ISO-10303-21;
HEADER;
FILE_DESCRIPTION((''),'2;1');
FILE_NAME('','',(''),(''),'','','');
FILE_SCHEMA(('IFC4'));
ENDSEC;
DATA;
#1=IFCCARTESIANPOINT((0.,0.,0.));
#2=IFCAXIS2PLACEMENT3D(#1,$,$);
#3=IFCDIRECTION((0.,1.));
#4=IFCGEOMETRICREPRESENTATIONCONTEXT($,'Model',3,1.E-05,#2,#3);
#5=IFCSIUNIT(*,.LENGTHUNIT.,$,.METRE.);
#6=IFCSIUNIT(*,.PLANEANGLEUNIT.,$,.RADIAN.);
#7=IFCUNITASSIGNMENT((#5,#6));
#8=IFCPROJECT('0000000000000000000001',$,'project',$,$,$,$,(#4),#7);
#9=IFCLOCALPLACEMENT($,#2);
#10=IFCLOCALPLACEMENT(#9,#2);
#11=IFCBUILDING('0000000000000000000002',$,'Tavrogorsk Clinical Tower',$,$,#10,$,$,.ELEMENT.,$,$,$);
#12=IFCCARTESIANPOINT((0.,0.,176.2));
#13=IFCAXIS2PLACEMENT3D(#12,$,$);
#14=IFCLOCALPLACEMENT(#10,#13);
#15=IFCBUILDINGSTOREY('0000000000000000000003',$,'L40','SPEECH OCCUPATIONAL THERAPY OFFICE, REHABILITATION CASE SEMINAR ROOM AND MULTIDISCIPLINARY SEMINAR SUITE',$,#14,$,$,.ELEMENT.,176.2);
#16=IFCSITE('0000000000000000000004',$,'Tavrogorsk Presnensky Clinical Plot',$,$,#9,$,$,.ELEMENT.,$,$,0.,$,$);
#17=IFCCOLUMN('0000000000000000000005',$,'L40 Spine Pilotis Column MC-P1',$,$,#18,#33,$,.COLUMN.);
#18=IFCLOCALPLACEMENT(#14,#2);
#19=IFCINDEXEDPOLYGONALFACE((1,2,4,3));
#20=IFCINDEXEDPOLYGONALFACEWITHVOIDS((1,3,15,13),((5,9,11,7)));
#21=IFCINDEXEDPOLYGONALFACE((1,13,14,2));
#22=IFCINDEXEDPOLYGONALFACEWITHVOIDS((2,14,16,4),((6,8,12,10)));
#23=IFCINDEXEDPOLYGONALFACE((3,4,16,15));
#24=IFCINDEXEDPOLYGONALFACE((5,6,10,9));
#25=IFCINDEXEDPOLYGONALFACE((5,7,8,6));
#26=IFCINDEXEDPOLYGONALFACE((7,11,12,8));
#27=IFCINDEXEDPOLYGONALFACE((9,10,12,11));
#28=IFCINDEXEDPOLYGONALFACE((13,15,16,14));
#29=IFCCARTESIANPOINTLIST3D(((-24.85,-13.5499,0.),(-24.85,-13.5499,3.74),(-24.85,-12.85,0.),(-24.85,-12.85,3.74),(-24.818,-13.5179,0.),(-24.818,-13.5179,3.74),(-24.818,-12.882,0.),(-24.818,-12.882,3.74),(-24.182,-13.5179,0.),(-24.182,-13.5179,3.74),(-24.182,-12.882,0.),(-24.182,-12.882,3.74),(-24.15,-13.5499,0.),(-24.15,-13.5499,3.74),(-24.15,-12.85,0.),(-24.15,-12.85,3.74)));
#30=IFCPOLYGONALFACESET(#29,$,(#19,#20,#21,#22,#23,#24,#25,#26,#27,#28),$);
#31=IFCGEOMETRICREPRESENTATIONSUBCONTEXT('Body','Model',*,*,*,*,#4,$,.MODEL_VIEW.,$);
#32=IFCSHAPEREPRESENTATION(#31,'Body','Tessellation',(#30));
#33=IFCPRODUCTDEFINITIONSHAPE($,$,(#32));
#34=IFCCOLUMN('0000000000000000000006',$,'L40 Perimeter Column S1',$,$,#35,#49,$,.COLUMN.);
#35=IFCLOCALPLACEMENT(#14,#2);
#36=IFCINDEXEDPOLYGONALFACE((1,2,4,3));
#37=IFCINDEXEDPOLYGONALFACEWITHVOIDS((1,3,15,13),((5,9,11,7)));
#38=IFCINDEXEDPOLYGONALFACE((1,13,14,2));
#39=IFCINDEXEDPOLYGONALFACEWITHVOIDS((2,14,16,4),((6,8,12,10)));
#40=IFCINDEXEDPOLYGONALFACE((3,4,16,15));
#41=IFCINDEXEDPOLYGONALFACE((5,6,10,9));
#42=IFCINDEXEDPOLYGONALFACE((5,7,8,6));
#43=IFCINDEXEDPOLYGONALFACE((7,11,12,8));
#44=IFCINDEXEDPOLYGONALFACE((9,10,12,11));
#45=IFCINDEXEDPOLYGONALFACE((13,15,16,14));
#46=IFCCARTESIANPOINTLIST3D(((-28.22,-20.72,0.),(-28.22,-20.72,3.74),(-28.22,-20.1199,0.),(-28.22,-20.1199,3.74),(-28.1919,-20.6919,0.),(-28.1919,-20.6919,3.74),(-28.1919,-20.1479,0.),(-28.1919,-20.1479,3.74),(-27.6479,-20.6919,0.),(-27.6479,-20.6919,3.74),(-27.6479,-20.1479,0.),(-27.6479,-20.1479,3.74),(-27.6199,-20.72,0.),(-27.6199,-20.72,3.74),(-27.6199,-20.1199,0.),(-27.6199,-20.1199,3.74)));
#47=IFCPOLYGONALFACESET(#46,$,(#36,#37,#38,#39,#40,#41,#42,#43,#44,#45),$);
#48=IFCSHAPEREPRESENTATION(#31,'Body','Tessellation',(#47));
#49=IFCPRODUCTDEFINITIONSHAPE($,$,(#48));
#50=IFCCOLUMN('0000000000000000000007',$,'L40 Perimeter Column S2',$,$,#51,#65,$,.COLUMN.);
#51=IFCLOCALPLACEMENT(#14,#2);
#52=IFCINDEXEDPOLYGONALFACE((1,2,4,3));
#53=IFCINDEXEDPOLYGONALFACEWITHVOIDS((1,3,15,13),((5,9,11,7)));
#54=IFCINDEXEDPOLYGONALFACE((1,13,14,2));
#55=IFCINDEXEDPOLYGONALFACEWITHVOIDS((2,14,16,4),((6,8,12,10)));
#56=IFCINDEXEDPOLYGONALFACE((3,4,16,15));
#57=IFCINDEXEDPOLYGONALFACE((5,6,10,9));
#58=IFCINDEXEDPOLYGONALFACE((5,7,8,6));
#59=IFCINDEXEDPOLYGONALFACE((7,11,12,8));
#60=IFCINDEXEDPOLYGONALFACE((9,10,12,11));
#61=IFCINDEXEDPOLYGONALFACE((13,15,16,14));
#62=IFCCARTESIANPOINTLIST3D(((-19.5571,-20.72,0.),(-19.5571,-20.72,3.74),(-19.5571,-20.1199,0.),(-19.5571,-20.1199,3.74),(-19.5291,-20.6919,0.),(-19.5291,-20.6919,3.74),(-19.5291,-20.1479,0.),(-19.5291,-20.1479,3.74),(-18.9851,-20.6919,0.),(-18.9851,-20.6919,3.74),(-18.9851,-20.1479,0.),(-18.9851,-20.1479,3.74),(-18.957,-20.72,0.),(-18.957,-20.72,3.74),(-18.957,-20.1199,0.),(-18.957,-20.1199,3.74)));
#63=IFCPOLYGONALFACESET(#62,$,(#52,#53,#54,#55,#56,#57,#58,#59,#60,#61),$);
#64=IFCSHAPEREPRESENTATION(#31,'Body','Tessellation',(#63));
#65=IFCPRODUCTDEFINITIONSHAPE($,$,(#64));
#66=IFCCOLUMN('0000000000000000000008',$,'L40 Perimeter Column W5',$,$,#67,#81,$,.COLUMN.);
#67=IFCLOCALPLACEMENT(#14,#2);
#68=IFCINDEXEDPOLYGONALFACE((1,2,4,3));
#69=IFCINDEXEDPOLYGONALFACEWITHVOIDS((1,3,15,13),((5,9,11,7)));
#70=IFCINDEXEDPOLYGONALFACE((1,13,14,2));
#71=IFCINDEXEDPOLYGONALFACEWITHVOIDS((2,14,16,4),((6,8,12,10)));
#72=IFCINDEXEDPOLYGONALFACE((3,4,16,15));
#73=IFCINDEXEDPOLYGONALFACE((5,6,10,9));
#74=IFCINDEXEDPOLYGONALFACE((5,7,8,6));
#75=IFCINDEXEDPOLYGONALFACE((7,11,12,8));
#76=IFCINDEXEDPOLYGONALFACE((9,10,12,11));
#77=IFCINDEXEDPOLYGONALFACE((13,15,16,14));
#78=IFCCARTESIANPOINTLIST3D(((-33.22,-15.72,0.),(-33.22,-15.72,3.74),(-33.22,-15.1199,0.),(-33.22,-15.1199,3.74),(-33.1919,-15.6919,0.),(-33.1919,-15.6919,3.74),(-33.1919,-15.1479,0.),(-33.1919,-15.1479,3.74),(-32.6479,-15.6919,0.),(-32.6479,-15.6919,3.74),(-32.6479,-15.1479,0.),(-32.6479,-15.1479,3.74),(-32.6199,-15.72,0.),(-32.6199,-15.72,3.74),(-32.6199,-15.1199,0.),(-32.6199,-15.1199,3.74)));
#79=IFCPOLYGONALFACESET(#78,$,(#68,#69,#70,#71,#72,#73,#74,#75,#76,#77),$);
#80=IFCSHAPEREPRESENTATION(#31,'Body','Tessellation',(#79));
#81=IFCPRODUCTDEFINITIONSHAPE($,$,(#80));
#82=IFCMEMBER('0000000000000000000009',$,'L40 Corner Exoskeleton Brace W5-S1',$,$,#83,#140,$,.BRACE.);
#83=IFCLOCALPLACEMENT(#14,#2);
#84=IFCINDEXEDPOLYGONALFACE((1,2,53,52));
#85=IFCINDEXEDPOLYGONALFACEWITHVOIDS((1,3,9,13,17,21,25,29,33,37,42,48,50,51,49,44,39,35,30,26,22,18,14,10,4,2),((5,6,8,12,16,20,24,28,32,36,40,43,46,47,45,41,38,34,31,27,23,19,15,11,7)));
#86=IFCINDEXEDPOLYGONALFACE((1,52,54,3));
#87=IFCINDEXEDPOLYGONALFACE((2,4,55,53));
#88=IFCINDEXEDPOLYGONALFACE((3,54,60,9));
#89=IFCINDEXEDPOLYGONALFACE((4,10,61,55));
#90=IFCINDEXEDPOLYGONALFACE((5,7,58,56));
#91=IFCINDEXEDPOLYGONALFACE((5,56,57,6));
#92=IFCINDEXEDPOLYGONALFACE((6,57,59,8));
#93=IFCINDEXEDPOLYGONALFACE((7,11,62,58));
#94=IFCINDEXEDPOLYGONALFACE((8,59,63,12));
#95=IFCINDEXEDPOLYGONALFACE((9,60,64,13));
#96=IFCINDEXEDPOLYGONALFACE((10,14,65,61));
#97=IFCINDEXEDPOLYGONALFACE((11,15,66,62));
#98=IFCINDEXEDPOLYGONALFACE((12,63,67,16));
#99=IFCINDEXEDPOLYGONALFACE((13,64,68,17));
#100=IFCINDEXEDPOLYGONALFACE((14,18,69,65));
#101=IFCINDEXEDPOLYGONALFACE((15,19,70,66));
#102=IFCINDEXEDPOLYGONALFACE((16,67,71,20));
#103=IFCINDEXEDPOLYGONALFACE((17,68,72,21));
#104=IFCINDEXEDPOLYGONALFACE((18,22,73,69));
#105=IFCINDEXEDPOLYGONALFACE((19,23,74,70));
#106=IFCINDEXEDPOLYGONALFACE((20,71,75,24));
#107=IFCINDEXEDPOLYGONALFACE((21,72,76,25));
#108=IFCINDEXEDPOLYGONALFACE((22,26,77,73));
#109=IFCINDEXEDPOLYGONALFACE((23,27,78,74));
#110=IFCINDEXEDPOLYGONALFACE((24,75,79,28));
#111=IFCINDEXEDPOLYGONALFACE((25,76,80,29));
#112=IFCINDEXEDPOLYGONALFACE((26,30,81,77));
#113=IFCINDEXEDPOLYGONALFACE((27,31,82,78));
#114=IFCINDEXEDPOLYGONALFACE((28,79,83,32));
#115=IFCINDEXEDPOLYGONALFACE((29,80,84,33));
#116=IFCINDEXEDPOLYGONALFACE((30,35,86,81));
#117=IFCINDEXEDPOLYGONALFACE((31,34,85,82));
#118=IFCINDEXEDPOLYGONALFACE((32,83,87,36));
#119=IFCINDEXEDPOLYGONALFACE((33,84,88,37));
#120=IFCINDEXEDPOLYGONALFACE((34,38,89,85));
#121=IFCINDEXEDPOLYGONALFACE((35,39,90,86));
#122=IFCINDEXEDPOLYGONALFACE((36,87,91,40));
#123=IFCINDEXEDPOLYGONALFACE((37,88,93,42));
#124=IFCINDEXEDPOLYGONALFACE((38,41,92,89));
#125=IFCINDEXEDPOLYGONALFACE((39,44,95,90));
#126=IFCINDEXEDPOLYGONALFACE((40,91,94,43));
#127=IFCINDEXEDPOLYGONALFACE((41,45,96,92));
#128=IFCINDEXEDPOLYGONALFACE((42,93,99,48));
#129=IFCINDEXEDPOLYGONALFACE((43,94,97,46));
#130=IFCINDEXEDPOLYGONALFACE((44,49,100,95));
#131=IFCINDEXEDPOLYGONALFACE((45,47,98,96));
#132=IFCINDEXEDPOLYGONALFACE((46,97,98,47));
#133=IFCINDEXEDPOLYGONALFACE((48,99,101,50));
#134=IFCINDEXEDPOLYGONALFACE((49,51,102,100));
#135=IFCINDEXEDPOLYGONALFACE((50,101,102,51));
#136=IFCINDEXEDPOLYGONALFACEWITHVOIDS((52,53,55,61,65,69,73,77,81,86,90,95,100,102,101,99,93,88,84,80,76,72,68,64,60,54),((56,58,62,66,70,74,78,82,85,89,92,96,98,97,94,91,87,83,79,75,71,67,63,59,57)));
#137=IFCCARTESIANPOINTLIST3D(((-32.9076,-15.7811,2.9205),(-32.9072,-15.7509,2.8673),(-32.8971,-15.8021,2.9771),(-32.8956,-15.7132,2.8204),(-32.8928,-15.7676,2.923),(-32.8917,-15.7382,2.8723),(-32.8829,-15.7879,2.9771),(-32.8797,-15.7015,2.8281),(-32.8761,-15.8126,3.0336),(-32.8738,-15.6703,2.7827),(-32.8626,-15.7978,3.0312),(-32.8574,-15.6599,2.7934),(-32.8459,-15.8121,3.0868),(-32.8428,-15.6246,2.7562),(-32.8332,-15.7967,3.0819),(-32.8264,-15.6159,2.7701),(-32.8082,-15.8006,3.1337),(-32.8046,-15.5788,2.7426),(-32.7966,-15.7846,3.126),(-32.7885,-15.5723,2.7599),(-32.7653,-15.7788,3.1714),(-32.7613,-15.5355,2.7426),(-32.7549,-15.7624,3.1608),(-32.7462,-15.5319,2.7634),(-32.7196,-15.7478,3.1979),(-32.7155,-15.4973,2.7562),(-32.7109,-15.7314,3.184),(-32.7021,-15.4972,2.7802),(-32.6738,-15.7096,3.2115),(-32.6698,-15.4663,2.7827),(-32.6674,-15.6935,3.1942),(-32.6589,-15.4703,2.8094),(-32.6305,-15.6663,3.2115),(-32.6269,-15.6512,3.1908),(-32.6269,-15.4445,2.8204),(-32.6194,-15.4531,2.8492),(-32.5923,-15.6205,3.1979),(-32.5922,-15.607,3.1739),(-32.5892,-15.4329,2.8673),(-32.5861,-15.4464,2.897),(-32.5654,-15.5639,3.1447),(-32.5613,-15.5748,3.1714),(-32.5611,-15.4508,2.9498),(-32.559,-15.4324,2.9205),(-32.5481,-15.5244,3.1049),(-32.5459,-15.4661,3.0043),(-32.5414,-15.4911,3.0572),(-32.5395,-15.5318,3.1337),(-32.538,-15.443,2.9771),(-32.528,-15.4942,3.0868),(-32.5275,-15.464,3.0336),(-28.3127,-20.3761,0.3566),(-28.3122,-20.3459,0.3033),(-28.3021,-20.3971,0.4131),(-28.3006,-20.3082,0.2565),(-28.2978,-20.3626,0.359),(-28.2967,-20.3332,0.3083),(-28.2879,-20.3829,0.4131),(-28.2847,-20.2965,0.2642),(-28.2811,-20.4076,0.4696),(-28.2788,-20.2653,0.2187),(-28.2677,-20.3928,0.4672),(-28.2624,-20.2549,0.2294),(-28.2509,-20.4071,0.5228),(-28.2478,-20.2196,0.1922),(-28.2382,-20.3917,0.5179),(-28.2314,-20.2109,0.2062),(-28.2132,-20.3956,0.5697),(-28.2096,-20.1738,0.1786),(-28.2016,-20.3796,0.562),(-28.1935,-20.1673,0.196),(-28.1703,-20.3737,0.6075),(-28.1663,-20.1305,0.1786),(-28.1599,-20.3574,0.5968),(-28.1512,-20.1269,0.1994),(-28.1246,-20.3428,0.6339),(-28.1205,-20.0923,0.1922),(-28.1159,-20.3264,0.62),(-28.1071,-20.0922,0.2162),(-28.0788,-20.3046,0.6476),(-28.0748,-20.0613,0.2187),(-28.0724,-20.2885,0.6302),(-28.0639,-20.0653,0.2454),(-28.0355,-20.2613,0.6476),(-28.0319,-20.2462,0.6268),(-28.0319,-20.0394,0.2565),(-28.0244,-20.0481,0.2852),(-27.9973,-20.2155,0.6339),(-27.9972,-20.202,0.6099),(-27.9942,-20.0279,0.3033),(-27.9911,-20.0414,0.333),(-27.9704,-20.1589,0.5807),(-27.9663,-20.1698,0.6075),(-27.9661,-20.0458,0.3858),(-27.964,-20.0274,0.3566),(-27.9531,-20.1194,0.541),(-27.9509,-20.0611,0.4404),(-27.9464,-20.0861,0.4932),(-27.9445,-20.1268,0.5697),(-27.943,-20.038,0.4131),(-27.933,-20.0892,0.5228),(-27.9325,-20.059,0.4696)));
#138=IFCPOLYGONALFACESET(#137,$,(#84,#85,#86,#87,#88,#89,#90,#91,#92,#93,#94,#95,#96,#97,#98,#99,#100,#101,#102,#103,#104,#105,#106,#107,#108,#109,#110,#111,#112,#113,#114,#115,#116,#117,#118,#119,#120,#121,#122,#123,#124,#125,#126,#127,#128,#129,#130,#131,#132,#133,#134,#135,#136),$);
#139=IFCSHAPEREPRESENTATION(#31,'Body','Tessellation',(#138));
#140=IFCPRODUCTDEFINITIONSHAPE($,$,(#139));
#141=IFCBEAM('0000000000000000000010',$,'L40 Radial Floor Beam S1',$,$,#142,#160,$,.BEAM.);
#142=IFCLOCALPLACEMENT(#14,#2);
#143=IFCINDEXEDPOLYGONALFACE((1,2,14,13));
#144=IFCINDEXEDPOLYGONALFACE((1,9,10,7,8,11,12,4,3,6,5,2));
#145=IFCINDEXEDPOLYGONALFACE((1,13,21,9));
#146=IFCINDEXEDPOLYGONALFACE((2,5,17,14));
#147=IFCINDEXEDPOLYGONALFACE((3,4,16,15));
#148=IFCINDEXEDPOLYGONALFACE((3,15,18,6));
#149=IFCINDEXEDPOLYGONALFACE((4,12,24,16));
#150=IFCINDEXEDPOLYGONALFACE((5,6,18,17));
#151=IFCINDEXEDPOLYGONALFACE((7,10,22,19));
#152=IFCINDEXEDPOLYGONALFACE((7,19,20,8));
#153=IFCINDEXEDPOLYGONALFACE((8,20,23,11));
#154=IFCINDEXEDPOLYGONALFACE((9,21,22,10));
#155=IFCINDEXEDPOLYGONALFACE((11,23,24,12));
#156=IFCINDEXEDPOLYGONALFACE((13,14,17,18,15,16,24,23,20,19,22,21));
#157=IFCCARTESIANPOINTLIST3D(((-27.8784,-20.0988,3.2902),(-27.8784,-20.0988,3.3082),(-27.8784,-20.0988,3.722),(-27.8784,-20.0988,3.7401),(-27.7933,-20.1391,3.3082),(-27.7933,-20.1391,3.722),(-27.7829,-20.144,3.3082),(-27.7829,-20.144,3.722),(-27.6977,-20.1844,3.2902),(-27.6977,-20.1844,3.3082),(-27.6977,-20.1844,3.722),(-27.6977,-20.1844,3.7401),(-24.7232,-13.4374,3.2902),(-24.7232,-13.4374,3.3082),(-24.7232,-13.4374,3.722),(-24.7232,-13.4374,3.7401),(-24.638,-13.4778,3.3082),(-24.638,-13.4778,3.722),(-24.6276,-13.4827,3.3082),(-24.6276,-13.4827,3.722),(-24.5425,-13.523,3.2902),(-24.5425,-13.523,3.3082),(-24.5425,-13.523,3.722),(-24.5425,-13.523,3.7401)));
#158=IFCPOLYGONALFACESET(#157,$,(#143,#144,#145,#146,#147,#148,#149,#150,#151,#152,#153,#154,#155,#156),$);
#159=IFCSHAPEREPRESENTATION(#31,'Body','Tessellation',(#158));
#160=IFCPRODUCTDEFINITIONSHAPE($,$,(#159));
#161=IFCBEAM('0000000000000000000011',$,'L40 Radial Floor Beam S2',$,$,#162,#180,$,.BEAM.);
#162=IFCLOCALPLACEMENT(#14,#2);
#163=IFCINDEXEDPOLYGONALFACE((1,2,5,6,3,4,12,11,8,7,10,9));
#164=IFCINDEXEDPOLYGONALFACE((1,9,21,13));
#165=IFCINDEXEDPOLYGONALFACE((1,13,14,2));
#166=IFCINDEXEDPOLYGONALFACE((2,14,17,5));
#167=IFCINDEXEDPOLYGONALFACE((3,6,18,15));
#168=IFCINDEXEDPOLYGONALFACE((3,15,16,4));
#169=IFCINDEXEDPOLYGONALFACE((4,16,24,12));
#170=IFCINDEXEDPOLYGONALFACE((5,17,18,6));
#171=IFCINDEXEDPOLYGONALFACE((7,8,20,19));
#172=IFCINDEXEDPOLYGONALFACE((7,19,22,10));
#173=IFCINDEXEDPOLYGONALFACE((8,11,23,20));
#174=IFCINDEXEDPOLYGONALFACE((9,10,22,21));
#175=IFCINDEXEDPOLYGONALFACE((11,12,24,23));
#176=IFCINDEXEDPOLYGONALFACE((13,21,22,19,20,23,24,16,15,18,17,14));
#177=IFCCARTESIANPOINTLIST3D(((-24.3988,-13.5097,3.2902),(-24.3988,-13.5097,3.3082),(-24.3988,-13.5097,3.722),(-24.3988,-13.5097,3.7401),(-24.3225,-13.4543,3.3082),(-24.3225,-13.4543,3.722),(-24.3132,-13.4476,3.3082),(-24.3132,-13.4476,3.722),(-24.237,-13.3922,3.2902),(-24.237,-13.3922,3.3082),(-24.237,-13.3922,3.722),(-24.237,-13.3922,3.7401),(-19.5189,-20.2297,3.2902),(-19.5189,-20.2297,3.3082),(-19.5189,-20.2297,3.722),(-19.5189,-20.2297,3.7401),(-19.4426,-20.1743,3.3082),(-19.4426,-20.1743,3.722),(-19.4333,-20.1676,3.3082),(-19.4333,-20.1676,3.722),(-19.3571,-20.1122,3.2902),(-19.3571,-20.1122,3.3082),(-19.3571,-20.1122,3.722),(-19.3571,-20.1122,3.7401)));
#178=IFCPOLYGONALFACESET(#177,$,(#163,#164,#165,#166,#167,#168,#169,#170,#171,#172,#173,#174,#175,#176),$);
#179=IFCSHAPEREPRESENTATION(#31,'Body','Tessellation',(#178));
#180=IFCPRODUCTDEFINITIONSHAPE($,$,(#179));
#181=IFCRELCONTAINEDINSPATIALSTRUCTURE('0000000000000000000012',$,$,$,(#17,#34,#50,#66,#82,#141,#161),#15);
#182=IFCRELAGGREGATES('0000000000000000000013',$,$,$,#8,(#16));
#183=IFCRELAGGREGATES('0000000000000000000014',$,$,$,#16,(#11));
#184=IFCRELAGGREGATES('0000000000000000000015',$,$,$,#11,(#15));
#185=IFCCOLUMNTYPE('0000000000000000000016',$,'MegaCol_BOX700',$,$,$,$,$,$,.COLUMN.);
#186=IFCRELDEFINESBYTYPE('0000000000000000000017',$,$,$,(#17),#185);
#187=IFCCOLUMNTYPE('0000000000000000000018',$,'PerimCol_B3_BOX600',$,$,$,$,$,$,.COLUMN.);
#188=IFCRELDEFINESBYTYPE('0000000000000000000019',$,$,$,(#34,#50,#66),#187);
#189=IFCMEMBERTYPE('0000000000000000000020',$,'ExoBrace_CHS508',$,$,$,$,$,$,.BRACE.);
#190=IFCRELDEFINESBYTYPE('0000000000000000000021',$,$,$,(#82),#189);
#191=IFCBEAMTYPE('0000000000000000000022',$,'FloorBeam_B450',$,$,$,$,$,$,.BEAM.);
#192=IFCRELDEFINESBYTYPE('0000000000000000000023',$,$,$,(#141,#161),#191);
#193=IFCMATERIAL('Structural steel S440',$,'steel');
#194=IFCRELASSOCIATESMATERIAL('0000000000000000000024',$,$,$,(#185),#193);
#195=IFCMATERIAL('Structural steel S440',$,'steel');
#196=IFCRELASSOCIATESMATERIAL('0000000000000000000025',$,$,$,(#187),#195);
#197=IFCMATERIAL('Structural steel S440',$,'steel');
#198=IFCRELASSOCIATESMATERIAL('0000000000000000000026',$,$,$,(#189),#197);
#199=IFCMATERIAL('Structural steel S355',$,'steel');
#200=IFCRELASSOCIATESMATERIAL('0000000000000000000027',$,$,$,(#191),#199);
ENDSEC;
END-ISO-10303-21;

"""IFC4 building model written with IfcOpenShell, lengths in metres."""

from ifc_helpers import new_model, si_unit, direction, frame, origin, origin_2d, place, context, subcontext, project, spatial, hollow_rectangle, hollow_circle, i_section, extrude, material, material_profile, profile_set, type_object, element, save


model = new_model("IFC4")

# Units and contexts
model_context = context("Model", 3, precision=1e-05, world=origin(), true_north=direction((0.0, 1.0)))
body_context = subcontext(model_context, "Body", "Model", "MODEL_VIEW")
ifc_project = project(units=[si_unit("LENGTHUNIT", "METRE"), si_unit("PLANEANGLEUNIT", "RADIAN")], contexts=[model_context])

# Site, building, storey
site_placement = place(None, origin())
site = spatial("IfcSite", under=ifc_project, at=site_placement, Name="Tavrogorsk Presnensky Clinical Plot", CompositionType="ELEMENT", RefElevation=0.0)
building_placement = place(site_placement, origin())
building = spatial("IfcBuilding", under=site, at=building_placement, Name="Tavrogorsk Clinical Tower", CompositionType="ELEMENT")
storey_placement = place(building_placement, frame((0.0, 0.0, 176.2)))
storey = spatial("IfcBuildingStorey", under=building, at=storey_placement, Name="L40", Description="SPEECH OCCUPATIONAL THERAPY OFFICE, REHABILITATION CASE SEMINAR ROOM AND MULTIDISCIPLINARY SEMINAR SUITE", CompositionType="ELEMENT", Elevation=176.2)

# Columns
ifc_material_1 = material(Name="Structural steel S440", Category="steel")
ifc_material_profile_1 = material_profile(ifc_material_1, hollow_rectangle(XDim=0.7, YDim=0.7, WallThickness=0.032, at=origin_2d()), Name="BOX-700x700x32")
ifc_profile_set_1 = profile_set([ifc_material_profile_1], Name="Structural steel S440")
column_type_1 = type_object("IfcColumnType", Name="MegaCol_BOX700", PredefinedType="COLUMN", material=ifc_profile_set_1)
column_placement = place(storey_placement, frame((-24.5, -13.2, 0.0), z_axis=(0.0, 0.0, 1.0), x_axis=(1.0, 0.0, 0.0)))
element("IfcColumn", 1, at=column_placement, inside=storey, type_object=column_type_1, Name="L40 Spine Pilotis Column MC-P1", PredefinedType="COLUMN", context=body_context, shape_type="SweptSolid", body=[
    extrude(hollow_rectangle(XDim=0.7, YDim=0.7, WallThickness=0.032, at=origin_2d()), origin(), (0.0, 0.0, 1.0), 3.74),
])
ifc_material_2 = material(Name="Structural steel S440", Category="steel")
ifc_material_profile_2 = material_profile(ifc_material_2, hollow_rectangle(XDim=0.6001, YDim=0.6001, WallThickness=0.0281, at=origin_2d()), Name="BOX-600x600x28")
ifc_profile_set_2 = profile_set([ifc_material_profile_2], Name="Structural steel S440")
column_type_2 = type_object("IfcColumnType", Name="PerimCol_B3_BOX600", PredefinedType="COLUMN", material=ifc_profile_set_2)
for number, where, z_axis, x_axis, name in (
    (2, (-27.9199, -20.4199, 0.0), (0.0, 0.0, 1.0), (1.0, 0.0, 0.0), "L40 Perimeter Column S1"),
    (3, (-19.2571, -20.4199, 0.0), (0.0, 0.0, 1.0), (1.0, 0.0, 0.0), "L40 Perimeter Column S2"),
    (4, (-32.9199, -15.4199, 0.0), (0.0, 0.0, 1.0), (1.0, 0.0, 0.0), "L40 Perimeter Column W5"),
):
    element("IfcColumn", number, at=place(storey_placement, frame(where, z_axis=z_axis, x_axis=x_axis)), inside=storey, type_object=column_type_2, Name=name, PredefinedType="COLUMN", context=body_context, shape_type="SweptSolid", body=[
        extrude(hollow_rectangle(XDim=0.6001, YDim=0.6001, WallThickness=0.0281, at=origin_2d()), origin(), (0.0, 0.0, 1.0), 3.74),
    ])

# Member
ifc_material_3 = material(Name="Structural steel S440", Category="steel")
ifc_material_profile_3 = material_profile(ifc_material_3, hollow_circle(Radius=0.2539, WallThickness=0.02, at=origin_2d()), Name="CHS-508x20")
ifc_profile_set_3 = profile_set([ifc_material_profile_3], Name="Structural steel S440")
member_type_1 = type_object("IfcMemberType", Name="ExoBrace_CHS508", PredefinedType="BRACE", material=ifc_profile_set_3)
member_1_placement = place(storey_placement, frame((-28.1226, -20.2175, 0.4131), z_axis=(-0.657759, 0.657759, 0.367025), x_axis=(-0.707107, -0.707107, 0.0)))
element("IfcMember", 5, at=member_1_placement, inside=storey, type_object=member_type_1, Name="L40 Corner Exoskeleton Brace W5-S1", PredefinedType="BRACE", context=body_context, shape_type="SweptSolid", body=[
    extrude(hollow_circle(Radius=0.2539, WallThickness=0.02, at=origin_2d()), origin(), (0.0, 0.0, 1.0), 6.9858),
])

# Beams
ifc_material_4 = material(Name="Structural steel S355", Category="steel")
ifc_material_profile_4 = material_profile(ifc_material_4, i_section(OverallWidth=0.2, OverallDepth=0.45, WebThickness=0.0115, FlangeThickness=0.0181, at=origin_2d()), Name="B-450x200x11.5x18")
ifc_profile_set_4 = profile_set([ifc_material_profile_4], Name="Structural steel S355")
beam_type_1 = type_object("IfcBeamType", Name="FloorBeam_B450", PredefinedType="BEAM", material=ifc_profile_set_4)
beam_1_placement = place(storey_placement, frame((-24.6328, -13.4802, 3.5151), z_axis=(-0.428074, -0.903744, 0.0), x_axis=(0.903744, -0.428074, 0.0)))
element("IfcBeam", 6, at=beam_1_placement, inside=storey, type_object=beam_type_1, Name="L40 Radial Floor Beam S1", PredefinedType="BEAM", context=body_context, shape_type="SweptSolid", body=[
    extrude(i_section(OverallWidth=0.2, OverallDepth=0.45, WebThickness=0.0115, FlangeThickness=0.0181, at=origin_2d()), origin(), (0.0, 0.0, 1.0), 7.3708),
])
beam_2_placement = place(storey_placement, frame((-24.3179, -13.4509, 3.5151), z_axis=(0.587591, -0.809158, 0.0), x_axis=(0.809158, 0.587591, 0.0)))
element("IfcBeam", 7, at=beam_2_placement, inside=storey, type_object=beam_type_1, Name="L40 Radial Floor Beam S2", PredefinedType="BEAM", context=body_context, shape_type="SweptSolid", body=[
    extrude(i_section(OverallWidth=0.2, OverallDepth=0.45, WebThickness=0.0115, FlangeThickness=0.0181, at=origin_2d()), origin(), (0.0, 0.0, 1.0), 8.3049),
])

save(model, "model.ifc")
